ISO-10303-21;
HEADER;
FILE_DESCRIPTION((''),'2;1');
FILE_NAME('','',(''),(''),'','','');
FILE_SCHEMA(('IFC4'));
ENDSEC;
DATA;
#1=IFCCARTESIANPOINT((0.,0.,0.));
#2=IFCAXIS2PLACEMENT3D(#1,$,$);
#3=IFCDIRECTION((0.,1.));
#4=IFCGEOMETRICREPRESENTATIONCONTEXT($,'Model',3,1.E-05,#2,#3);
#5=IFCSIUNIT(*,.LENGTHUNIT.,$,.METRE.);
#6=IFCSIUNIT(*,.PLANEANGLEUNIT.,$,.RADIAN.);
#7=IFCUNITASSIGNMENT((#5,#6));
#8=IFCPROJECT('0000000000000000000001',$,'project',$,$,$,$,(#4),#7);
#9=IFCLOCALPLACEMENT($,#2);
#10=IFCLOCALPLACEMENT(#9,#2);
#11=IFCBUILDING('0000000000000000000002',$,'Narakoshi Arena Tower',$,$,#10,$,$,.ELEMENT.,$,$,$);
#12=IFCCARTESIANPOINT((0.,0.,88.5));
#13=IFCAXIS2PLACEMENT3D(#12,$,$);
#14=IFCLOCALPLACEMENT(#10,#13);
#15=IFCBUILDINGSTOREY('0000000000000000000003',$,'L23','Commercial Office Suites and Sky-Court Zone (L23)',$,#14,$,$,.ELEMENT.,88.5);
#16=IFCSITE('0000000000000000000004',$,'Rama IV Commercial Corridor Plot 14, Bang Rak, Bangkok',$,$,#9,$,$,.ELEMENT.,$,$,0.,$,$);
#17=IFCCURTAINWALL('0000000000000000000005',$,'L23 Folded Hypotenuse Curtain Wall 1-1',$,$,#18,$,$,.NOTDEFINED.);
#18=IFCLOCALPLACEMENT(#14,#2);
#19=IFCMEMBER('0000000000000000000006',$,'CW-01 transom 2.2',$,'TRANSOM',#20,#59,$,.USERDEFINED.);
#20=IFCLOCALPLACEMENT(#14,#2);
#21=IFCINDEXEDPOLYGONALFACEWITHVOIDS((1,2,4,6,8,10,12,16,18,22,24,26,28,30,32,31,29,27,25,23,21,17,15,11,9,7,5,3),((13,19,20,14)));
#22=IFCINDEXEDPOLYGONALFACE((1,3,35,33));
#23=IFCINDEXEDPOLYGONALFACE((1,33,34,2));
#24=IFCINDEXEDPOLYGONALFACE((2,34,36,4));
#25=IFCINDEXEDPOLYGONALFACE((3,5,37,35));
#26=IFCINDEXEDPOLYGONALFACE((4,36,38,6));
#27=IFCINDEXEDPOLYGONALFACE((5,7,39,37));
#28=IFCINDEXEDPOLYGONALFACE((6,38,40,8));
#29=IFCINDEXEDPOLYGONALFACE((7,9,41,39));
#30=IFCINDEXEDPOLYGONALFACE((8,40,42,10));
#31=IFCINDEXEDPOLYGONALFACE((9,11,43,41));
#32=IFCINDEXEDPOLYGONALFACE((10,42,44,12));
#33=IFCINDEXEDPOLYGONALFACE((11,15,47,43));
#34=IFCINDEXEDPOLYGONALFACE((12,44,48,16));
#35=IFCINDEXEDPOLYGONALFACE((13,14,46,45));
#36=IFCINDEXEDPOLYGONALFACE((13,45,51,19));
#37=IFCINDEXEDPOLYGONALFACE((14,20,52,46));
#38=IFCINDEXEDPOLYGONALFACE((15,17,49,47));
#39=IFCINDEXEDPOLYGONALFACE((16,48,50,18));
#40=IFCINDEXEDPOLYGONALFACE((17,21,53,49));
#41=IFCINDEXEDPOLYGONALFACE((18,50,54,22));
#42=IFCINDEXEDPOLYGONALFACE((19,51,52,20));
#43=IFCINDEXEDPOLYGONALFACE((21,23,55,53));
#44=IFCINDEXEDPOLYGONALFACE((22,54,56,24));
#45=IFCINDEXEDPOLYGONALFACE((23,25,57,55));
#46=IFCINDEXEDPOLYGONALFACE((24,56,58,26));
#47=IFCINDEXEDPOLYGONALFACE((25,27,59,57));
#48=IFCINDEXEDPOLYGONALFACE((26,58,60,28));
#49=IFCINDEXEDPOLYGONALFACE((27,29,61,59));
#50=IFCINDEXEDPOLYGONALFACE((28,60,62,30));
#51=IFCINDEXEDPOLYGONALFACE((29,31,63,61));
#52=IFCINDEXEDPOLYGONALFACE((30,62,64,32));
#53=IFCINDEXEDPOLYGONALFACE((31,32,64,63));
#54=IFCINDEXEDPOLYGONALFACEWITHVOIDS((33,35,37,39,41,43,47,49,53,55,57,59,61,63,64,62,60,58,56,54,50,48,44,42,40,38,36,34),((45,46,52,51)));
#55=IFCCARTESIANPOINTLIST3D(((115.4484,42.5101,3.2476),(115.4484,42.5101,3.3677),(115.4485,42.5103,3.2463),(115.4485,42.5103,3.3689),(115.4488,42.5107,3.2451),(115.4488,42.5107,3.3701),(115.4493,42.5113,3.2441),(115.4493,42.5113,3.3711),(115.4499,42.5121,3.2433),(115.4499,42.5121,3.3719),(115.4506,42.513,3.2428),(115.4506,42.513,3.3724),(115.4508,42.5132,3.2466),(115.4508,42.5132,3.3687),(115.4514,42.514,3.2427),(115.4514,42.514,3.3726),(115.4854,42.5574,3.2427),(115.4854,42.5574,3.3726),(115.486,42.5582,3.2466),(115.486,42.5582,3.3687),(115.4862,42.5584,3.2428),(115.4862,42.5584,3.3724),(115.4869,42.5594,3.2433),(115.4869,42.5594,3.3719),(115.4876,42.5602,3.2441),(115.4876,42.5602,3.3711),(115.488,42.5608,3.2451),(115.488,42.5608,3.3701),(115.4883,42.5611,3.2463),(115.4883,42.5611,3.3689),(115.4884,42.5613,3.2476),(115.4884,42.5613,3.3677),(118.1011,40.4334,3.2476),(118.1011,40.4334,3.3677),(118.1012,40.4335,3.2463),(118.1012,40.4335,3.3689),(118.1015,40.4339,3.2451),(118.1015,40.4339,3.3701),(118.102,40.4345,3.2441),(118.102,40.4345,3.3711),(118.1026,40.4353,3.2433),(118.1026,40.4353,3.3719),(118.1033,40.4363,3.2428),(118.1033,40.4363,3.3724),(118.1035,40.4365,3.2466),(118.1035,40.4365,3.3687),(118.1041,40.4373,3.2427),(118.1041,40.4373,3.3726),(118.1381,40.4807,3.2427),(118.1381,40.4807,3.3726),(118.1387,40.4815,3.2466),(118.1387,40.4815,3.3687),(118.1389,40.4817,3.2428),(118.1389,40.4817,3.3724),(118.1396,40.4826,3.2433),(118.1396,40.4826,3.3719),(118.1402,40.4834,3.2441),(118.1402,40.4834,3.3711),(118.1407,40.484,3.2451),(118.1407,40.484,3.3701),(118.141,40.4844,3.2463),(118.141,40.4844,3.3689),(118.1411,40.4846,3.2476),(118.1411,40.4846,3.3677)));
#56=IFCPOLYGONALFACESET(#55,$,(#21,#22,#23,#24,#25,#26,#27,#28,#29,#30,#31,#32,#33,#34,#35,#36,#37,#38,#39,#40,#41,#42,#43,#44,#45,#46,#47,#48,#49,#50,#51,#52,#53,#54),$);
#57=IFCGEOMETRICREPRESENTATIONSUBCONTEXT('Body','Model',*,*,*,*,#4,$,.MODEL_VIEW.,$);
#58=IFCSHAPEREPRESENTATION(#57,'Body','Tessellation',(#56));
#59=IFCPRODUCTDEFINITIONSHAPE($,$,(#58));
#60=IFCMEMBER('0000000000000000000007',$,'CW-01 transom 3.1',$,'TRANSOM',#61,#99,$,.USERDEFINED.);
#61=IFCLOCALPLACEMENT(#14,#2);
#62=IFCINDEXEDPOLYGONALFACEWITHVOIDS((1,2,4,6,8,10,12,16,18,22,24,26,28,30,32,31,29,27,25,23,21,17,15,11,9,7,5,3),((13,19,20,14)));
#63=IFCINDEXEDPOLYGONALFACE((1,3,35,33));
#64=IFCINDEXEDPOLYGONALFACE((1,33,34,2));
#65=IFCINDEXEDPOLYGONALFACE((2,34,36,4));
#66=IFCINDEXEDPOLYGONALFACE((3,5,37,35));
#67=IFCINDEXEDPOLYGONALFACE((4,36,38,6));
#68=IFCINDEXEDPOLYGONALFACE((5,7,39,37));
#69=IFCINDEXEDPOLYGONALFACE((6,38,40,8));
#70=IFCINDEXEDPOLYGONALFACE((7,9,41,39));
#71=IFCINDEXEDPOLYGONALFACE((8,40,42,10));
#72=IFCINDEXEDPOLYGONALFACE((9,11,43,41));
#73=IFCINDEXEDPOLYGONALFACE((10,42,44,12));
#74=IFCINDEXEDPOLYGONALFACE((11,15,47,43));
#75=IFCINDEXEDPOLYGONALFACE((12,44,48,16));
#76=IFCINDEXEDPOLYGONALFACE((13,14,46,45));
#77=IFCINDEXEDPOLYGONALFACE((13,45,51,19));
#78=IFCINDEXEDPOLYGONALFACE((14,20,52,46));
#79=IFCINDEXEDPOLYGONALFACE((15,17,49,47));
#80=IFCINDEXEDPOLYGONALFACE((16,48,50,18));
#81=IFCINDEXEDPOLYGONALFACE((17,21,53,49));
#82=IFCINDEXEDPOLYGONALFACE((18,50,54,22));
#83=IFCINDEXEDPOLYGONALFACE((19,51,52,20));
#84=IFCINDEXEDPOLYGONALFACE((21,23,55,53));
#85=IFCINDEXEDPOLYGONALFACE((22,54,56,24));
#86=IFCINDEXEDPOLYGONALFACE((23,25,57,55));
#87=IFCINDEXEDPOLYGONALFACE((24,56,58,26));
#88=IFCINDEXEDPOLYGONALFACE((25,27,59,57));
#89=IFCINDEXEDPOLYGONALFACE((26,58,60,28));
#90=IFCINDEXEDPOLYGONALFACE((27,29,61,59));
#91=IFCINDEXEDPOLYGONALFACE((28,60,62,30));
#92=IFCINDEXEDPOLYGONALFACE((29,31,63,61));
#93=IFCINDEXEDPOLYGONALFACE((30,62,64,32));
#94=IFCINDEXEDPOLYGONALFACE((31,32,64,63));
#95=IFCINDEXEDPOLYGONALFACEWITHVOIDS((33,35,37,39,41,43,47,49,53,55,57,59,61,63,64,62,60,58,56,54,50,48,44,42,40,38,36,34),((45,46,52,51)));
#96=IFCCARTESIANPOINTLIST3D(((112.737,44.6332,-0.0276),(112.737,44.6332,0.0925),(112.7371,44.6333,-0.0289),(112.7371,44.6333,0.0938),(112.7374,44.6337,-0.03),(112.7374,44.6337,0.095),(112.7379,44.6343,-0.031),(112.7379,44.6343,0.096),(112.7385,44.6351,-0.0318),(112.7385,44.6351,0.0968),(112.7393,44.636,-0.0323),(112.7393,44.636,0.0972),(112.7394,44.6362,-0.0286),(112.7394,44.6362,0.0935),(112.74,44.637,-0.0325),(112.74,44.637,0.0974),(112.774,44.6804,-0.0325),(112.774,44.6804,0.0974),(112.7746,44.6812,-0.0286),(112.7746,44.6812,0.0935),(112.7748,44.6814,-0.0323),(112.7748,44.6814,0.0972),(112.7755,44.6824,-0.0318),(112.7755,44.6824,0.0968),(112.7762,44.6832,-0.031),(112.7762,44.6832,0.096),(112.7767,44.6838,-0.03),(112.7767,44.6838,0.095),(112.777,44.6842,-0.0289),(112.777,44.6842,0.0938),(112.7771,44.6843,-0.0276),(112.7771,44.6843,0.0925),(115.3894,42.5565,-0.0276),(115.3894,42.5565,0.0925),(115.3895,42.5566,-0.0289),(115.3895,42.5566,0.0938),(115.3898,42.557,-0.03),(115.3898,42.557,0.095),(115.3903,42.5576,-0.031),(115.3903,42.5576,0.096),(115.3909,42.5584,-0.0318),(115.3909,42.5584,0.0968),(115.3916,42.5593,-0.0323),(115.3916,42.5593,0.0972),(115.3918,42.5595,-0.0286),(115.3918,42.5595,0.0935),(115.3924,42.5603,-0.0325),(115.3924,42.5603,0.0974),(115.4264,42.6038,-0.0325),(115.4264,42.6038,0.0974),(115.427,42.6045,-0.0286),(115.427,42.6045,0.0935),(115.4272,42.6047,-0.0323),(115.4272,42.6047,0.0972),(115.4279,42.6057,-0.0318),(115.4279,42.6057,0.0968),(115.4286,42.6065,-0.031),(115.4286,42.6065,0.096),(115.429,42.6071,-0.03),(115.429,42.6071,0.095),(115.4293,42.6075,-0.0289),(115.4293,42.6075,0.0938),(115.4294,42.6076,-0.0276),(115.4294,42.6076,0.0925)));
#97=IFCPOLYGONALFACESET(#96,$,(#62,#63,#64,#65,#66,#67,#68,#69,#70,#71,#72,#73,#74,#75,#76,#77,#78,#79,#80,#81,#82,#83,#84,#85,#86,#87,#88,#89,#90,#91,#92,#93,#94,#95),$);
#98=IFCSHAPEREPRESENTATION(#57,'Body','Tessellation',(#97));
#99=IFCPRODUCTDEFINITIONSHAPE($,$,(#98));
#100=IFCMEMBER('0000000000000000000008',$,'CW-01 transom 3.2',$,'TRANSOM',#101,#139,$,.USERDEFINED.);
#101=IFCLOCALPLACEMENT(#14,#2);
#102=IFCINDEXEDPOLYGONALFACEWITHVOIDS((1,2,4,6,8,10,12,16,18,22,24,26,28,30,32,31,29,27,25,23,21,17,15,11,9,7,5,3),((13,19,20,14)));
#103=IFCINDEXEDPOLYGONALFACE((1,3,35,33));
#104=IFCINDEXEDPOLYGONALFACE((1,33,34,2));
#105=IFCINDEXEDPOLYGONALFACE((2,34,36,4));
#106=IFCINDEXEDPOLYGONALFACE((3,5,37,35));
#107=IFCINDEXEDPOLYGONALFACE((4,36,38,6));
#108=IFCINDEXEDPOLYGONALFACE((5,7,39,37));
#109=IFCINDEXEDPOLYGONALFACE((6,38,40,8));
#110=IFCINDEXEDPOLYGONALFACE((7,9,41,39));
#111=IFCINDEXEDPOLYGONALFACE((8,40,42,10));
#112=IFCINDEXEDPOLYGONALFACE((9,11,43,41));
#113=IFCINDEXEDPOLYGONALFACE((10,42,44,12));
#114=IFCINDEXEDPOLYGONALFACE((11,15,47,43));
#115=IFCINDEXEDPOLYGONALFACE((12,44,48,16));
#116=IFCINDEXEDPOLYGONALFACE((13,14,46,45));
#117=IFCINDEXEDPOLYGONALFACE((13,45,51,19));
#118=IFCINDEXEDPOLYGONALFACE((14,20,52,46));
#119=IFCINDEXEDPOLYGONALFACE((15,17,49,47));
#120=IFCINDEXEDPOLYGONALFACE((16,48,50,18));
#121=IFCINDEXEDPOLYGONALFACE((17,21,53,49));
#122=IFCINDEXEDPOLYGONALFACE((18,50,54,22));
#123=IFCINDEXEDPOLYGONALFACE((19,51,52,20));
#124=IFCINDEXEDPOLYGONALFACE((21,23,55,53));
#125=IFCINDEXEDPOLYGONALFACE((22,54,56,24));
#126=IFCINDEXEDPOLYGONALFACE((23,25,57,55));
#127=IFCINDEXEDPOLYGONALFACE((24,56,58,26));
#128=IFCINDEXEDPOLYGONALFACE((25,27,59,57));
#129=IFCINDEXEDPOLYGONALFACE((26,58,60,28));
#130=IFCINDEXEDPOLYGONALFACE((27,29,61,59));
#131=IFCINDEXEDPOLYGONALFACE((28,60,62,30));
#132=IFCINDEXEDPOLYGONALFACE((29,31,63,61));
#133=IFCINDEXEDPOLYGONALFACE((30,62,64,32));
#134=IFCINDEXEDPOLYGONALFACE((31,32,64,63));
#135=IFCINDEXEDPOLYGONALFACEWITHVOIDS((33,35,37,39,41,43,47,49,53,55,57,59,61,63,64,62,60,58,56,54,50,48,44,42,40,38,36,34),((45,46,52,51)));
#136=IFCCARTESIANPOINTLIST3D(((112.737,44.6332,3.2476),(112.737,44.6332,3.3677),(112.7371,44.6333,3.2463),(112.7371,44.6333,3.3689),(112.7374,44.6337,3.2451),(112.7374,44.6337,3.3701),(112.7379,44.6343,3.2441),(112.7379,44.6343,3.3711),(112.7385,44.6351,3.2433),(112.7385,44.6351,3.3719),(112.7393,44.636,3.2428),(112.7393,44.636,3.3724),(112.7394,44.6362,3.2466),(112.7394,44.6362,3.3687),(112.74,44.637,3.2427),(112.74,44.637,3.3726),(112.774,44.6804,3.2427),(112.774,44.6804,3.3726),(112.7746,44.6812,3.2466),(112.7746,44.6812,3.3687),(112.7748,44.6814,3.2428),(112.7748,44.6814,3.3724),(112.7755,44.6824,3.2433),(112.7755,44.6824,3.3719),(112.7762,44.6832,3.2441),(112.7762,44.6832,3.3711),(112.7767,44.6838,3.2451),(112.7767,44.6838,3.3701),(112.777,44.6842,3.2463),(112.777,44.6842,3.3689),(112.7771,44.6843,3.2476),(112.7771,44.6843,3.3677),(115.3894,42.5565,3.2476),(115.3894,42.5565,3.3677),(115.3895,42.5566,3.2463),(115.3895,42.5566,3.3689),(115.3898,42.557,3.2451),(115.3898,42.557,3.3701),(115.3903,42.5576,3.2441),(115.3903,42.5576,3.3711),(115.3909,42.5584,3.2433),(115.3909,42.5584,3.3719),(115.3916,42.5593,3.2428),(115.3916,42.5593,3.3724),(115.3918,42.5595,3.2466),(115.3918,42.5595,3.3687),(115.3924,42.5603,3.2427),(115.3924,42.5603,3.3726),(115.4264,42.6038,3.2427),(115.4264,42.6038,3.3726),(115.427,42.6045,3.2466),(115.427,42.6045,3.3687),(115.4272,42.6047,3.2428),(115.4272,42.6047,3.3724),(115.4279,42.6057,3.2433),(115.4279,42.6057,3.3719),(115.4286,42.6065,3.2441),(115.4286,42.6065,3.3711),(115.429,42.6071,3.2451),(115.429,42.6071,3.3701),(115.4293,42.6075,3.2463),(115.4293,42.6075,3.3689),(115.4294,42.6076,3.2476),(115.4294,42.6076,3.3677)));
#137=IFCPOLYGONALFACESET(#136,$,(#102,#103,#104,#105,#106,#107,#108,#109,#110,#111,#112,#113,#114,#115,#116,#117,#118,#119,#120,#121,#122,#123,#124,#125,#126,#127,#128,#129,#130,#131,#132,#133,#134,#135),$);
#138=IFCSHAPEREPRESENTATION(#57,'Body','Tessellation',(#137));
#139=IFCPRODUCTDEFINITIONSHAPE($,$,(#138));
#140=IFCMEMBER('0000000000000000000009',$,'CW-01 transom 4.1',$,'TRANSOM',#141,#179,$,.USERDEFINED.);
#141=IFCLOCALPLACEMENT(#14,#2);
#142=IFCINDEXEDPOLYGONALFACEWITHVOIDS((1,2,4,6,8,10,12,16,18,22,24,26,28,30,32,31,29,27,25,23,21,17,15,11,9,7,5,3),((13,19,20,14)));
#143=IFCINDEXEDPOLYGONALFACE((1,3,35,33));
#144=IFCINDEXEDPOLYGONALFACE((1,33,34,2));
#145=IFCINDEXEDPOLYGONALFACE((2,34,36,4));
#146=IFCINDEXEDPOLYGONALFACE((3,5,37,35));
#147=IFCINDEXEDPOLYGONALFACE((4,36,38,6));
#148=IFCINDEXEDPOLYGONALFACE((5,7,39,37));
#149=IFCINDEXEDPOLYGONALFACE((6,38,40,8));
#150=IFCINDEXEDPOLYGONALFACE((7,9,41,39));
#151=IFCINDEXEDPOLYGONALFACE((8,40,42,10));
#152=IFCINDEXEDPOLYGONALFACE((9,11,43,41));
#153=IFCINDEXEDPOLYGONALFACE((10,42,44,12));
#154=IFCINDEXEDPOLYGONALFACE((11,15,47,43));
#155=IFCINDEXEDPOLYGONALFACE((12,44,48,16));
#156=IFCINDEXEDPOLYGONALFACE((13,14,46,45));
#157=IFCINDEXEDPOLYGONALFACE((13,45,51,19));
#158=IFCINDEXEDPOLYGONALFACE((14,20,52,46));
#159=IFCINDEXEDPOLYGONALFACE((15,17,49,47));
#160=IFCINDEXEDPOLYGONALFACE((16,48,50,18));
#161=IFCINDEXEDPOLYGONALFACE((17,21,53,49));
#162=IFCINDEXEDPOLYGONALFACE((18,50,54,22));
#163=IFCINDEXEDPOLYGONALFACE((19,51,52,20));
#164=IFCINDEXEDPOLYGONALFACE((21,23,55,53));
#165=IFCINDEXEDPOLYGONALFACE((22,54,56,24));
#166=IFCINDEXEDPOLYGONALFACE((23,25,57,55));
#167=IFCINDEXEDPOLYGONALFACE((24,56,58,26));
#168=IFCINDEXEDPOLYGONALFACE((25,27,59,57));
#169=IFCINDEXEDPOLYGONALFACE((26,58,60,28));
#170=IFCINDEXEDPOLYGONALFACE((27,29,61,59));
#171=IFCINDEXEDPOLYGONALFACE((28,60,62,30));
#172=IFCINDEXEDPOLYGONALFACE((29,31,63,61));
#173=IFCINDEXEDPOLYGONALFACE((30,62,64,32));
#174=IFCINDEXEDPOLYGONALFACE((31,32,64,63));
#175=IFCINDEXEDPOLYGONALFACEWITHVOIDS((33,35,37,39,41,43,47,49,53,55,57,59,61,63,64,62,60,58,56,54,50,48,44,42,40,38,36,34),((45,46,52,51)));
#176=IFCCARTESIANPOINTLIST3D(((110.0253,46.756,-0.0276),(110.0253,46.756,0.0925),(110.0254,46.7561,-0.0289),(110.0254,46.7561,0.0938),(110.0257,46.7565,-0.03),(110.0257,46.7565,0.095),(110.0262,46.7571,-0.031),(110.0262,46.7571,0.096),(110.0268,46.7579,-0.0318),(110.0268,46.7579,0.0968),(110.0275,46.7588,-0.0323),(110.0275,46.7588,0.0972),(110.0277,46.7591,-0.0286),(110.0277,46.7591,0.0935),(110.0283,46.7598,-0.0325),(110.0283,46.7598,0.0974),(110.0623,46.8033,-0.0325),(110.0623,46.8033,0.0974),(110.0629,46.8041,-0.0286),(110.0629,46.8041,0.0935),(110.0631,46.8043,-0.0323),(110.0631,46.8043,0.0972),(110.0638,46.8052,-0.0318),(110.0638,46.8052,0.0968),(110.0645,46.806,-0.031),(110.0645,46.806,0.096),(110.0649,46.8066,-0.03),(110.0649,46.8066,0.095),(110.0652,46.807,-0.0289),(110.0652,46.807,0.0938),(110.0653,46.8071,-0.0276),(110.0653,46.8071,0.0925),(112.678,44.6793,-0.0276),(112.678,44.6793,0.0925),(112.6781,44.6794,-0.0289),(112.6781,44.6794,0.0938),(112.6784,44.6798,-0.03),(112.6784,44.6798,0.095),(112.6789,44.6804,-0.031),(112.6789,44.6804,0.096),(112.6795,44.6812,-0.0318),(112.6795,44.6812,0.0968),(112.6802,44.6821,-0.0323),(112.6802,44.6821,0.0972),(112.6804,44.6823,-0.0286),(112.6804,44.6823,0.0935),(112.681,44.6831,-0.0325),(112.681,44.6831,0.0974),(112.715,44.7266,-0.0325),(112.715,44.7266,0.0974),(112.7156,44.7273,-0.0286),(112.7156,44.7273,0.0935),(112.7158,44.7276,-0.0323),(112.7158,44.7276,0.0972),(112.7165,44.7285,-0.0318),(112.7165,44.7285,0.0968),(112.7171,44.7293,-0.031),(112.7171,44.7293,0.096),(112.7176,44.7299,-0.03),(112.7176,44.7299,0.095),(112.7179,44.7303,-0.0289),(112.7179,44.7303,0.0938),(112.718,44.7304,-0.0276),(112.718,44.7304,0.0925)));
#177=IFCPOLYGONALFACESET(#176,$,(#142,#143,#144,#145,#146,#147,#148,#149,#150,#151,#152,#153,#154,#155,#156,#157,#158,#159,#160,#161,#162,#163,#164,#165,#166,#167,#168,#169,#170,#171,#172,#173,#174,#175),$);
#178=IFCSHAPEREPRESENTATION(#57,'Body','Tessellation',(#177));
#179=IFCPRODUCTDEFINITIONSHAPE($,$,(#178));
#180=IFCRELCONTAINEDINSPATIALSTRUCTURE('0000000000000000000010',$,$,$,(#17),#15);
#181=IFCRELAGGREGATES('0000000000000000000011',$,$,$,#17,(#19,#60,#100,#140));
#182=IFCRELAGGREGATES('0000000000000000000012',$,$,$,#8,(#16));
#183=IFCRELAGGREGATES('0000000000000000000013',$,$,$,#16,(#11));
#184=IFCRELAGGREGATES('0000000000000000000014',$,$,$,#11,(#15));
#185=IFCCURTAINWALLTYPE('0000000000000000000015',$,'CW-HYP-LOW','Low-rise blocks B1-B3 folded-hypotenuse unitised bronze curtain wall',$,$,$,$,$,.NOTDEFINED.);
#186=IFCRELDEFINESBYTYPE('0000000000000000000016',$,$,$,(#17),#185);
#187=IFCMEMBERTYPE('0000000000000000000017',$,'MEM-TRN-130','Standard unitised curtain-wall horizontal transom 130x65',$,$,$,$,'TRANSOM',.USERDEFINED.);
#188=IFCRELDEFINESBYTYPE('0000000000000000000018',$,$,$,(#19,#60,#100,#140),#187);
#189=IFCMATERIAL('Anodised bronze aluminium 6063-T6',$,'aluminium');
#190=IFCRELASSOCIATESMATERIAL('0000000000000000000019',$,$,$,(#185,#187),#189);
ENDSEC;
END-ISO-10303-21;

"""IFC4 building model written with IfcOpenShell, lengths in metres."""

from ifc_helpers import new_model, si_unit, direction, frame, origin, origin_2d, place, context, subcontext, project, spatial, hollow_rectangle, extrude, material, material_profile, profile_set, type_object, element, aggregate, save


model = new_model("IFC4")

# Units and contexts
model_context = context("Model", 3, precision=1e-05, world=origin(), true_north=direction((0.0, 1.0)))
body_context = subcontext(model_context, "Body", "Model", "MODEL_VIEW")
ifc_project = project(units=[si_unit("LENGTHUNIT", "METRE"), si_unit("PLANEANGLEUNIT", "RADIAN")], contexts=[model_context])

# Site, building, storey
site_placement = place(None, origin())
site = spatial("IfcSite", under=ifc_project, at=site_placement, Name="Rama IV Commercial Corridor Plot 14, Bang Rak, Bangkok", CompositionType="ELEMENT", RefElevation=0.0)
building_placement = place(site_placement, origin())
building = spatial("IfcBuilding", under=site, at=building_placement, Name="Narakoshi Arena Tower", CompositionType="ELEMENT")
storey_placement = place(building_placement, frame((0.0, 0.0, 88.5)))
storey = spatial("IfcBuildingStorey", under=building, at=storey_placement, Name="L23", Description="Commercial Office Suites and Sky-Court Zone (L23)", CompositionType="ELEMENT", Elevation=88.5)

# Curtain wall, members
ifc_material_1 = material(Name="Anodised bronze aluminium 6063-T6", Category="aluminium")
curtain_wall_type = type_object("IfcCurtainWallType", Name="CW-HYP-LOW", Description="Low-rise blocks B1-B3 folded-hypotenuse unitised bronze curtain wall", PredefinedType="NOTDEFINED", material=ifc_material_1)
curtain_wall_placement = place(storey_placement, origin())
curtain_wall = element("IfcCurtainWall", 1, at=curtain_wall_placement, inside=storey, type_object=curtain_wall_type, Name="L23 Folded Hypotenuse Curtain Wall 1-1", PredefinedType="NOTDEFINED")
ifc_material_profile_1 = material_profile(ifc_material_1, hollow_rectangle(XDim=0.0649, YDim=0.1299, WallThickness=0.0039, OuterFilletRadius=0.0049, at=origin_2d()), Name="TRN130x65x4")
ifc_profile_set_1 = profile_set([ifc_material_profile_1], Name="Anodised bronze aluminium 6063-T6")
member_type_1 = type_object("IfcMemberType", Name="MEM-TRN-130", Description="Standard unitised curtain-wall horizontal transom 130x65", ElementType="TRANSOM", PredefinedType="USERDEFINED", material=ifc_profile_set_1)
member_1_placement = place(storey_placement, frame((118.1211, 40.459, 3.3076), z_axis=(-0.787401, 0.616441, 0.0), x_axis=(-0.616441, -0.787401, 0.0)))
member_1 = element("IfcMember", 2, at=member_1_placement, type_object=member_type_1, Name="CW-01 transom 2.2", ObjectType="TRANSOM", PredefinedType="USERDEFINED", context=body_context, shape_type="SweptSolid", body=[
    extrude(hollow_rectangle(XDim=0.0649, YDim=0.1299, WallThickness=0.0039, OuterFilletRadius=0.0049, at=origin_2d()), origin(), (0.0, 0.0, 1.0), 3.3689),
])
member_2_placement = place(storey_placement, frame((115.4094, 42.582, 0.0325), z_axis=(-0.787373, 0.616476, 0.0), x_axis=(-0.616476, -0.787373, 0.0)))
member_2 = element("IfcMember", 3, at=member_2_placement, type_object=member_type_1, Name="CW-01 transom 3.1", ObjectType="TRANSOM", PredefinedType="USERDEFINED", context=body_context, shape_type="SweptSolid", body=[
    extrude(hollow_rectangle(XDim=0.0649, YDim=0.1299, WallThickness=0.0039, OuterFilletRadius=0.0049, at=origin_2d()), origin(), (0.0, 0.0, 1.0), 3.3687),
])
member_3_placement = place(storey_placement, frame((115.4094, 42.582, 3.3076), z_axis=(-0.787373, 0.616476, 0.0), x_axis=(-0.616476, -0.787373, 0.0)))
member_3 = element("IfcMember", 4, at=member_3_placement, type_object=member_type_1, Name="CW-01 transom 3.2", ObjectType="TRANSOM", PredefinedType="USERDEFINED", context=body_context, shape_type="SweptSolid", body=[
    extrude(hollow_rectangle(XDim=0.0649, YDim=0.1299, WallThickness=0.0039, OuterFilletRadius=0.0049, at=origin_2d()), origin(), (0.0, 0.0, 1.0), 3.3687),
])
member_4_placement = place(storey_placement, frame((112.698, 44.7048, 0.0325), z_axis=(-0.787401, 0.616441, 0.0), x_axis=(-0.616441, -0.787401, 0.0)))
member_4 = element("IfcMember", 5, at=member_4_placement, type_object=member_type_1, Name="CW-01 transom 4.1", ObjectType="TRANSOM", PredefinedType="USERDEFINED", context=body_context, shape_type="SweptSolid", body=[
    extrude(hollow_rectangle(XDim=0.0649, YDim=0.1299, WallThickness=0.0039, OuterFilletRadius=0.0049, at=origin_2d()), origin(), (0.0, 0.0, 1.0), 3.3689),
])
aggregate(curtain_wall, [member_1, member_2, member_3, member_4])

save(model, "model.ifc")
